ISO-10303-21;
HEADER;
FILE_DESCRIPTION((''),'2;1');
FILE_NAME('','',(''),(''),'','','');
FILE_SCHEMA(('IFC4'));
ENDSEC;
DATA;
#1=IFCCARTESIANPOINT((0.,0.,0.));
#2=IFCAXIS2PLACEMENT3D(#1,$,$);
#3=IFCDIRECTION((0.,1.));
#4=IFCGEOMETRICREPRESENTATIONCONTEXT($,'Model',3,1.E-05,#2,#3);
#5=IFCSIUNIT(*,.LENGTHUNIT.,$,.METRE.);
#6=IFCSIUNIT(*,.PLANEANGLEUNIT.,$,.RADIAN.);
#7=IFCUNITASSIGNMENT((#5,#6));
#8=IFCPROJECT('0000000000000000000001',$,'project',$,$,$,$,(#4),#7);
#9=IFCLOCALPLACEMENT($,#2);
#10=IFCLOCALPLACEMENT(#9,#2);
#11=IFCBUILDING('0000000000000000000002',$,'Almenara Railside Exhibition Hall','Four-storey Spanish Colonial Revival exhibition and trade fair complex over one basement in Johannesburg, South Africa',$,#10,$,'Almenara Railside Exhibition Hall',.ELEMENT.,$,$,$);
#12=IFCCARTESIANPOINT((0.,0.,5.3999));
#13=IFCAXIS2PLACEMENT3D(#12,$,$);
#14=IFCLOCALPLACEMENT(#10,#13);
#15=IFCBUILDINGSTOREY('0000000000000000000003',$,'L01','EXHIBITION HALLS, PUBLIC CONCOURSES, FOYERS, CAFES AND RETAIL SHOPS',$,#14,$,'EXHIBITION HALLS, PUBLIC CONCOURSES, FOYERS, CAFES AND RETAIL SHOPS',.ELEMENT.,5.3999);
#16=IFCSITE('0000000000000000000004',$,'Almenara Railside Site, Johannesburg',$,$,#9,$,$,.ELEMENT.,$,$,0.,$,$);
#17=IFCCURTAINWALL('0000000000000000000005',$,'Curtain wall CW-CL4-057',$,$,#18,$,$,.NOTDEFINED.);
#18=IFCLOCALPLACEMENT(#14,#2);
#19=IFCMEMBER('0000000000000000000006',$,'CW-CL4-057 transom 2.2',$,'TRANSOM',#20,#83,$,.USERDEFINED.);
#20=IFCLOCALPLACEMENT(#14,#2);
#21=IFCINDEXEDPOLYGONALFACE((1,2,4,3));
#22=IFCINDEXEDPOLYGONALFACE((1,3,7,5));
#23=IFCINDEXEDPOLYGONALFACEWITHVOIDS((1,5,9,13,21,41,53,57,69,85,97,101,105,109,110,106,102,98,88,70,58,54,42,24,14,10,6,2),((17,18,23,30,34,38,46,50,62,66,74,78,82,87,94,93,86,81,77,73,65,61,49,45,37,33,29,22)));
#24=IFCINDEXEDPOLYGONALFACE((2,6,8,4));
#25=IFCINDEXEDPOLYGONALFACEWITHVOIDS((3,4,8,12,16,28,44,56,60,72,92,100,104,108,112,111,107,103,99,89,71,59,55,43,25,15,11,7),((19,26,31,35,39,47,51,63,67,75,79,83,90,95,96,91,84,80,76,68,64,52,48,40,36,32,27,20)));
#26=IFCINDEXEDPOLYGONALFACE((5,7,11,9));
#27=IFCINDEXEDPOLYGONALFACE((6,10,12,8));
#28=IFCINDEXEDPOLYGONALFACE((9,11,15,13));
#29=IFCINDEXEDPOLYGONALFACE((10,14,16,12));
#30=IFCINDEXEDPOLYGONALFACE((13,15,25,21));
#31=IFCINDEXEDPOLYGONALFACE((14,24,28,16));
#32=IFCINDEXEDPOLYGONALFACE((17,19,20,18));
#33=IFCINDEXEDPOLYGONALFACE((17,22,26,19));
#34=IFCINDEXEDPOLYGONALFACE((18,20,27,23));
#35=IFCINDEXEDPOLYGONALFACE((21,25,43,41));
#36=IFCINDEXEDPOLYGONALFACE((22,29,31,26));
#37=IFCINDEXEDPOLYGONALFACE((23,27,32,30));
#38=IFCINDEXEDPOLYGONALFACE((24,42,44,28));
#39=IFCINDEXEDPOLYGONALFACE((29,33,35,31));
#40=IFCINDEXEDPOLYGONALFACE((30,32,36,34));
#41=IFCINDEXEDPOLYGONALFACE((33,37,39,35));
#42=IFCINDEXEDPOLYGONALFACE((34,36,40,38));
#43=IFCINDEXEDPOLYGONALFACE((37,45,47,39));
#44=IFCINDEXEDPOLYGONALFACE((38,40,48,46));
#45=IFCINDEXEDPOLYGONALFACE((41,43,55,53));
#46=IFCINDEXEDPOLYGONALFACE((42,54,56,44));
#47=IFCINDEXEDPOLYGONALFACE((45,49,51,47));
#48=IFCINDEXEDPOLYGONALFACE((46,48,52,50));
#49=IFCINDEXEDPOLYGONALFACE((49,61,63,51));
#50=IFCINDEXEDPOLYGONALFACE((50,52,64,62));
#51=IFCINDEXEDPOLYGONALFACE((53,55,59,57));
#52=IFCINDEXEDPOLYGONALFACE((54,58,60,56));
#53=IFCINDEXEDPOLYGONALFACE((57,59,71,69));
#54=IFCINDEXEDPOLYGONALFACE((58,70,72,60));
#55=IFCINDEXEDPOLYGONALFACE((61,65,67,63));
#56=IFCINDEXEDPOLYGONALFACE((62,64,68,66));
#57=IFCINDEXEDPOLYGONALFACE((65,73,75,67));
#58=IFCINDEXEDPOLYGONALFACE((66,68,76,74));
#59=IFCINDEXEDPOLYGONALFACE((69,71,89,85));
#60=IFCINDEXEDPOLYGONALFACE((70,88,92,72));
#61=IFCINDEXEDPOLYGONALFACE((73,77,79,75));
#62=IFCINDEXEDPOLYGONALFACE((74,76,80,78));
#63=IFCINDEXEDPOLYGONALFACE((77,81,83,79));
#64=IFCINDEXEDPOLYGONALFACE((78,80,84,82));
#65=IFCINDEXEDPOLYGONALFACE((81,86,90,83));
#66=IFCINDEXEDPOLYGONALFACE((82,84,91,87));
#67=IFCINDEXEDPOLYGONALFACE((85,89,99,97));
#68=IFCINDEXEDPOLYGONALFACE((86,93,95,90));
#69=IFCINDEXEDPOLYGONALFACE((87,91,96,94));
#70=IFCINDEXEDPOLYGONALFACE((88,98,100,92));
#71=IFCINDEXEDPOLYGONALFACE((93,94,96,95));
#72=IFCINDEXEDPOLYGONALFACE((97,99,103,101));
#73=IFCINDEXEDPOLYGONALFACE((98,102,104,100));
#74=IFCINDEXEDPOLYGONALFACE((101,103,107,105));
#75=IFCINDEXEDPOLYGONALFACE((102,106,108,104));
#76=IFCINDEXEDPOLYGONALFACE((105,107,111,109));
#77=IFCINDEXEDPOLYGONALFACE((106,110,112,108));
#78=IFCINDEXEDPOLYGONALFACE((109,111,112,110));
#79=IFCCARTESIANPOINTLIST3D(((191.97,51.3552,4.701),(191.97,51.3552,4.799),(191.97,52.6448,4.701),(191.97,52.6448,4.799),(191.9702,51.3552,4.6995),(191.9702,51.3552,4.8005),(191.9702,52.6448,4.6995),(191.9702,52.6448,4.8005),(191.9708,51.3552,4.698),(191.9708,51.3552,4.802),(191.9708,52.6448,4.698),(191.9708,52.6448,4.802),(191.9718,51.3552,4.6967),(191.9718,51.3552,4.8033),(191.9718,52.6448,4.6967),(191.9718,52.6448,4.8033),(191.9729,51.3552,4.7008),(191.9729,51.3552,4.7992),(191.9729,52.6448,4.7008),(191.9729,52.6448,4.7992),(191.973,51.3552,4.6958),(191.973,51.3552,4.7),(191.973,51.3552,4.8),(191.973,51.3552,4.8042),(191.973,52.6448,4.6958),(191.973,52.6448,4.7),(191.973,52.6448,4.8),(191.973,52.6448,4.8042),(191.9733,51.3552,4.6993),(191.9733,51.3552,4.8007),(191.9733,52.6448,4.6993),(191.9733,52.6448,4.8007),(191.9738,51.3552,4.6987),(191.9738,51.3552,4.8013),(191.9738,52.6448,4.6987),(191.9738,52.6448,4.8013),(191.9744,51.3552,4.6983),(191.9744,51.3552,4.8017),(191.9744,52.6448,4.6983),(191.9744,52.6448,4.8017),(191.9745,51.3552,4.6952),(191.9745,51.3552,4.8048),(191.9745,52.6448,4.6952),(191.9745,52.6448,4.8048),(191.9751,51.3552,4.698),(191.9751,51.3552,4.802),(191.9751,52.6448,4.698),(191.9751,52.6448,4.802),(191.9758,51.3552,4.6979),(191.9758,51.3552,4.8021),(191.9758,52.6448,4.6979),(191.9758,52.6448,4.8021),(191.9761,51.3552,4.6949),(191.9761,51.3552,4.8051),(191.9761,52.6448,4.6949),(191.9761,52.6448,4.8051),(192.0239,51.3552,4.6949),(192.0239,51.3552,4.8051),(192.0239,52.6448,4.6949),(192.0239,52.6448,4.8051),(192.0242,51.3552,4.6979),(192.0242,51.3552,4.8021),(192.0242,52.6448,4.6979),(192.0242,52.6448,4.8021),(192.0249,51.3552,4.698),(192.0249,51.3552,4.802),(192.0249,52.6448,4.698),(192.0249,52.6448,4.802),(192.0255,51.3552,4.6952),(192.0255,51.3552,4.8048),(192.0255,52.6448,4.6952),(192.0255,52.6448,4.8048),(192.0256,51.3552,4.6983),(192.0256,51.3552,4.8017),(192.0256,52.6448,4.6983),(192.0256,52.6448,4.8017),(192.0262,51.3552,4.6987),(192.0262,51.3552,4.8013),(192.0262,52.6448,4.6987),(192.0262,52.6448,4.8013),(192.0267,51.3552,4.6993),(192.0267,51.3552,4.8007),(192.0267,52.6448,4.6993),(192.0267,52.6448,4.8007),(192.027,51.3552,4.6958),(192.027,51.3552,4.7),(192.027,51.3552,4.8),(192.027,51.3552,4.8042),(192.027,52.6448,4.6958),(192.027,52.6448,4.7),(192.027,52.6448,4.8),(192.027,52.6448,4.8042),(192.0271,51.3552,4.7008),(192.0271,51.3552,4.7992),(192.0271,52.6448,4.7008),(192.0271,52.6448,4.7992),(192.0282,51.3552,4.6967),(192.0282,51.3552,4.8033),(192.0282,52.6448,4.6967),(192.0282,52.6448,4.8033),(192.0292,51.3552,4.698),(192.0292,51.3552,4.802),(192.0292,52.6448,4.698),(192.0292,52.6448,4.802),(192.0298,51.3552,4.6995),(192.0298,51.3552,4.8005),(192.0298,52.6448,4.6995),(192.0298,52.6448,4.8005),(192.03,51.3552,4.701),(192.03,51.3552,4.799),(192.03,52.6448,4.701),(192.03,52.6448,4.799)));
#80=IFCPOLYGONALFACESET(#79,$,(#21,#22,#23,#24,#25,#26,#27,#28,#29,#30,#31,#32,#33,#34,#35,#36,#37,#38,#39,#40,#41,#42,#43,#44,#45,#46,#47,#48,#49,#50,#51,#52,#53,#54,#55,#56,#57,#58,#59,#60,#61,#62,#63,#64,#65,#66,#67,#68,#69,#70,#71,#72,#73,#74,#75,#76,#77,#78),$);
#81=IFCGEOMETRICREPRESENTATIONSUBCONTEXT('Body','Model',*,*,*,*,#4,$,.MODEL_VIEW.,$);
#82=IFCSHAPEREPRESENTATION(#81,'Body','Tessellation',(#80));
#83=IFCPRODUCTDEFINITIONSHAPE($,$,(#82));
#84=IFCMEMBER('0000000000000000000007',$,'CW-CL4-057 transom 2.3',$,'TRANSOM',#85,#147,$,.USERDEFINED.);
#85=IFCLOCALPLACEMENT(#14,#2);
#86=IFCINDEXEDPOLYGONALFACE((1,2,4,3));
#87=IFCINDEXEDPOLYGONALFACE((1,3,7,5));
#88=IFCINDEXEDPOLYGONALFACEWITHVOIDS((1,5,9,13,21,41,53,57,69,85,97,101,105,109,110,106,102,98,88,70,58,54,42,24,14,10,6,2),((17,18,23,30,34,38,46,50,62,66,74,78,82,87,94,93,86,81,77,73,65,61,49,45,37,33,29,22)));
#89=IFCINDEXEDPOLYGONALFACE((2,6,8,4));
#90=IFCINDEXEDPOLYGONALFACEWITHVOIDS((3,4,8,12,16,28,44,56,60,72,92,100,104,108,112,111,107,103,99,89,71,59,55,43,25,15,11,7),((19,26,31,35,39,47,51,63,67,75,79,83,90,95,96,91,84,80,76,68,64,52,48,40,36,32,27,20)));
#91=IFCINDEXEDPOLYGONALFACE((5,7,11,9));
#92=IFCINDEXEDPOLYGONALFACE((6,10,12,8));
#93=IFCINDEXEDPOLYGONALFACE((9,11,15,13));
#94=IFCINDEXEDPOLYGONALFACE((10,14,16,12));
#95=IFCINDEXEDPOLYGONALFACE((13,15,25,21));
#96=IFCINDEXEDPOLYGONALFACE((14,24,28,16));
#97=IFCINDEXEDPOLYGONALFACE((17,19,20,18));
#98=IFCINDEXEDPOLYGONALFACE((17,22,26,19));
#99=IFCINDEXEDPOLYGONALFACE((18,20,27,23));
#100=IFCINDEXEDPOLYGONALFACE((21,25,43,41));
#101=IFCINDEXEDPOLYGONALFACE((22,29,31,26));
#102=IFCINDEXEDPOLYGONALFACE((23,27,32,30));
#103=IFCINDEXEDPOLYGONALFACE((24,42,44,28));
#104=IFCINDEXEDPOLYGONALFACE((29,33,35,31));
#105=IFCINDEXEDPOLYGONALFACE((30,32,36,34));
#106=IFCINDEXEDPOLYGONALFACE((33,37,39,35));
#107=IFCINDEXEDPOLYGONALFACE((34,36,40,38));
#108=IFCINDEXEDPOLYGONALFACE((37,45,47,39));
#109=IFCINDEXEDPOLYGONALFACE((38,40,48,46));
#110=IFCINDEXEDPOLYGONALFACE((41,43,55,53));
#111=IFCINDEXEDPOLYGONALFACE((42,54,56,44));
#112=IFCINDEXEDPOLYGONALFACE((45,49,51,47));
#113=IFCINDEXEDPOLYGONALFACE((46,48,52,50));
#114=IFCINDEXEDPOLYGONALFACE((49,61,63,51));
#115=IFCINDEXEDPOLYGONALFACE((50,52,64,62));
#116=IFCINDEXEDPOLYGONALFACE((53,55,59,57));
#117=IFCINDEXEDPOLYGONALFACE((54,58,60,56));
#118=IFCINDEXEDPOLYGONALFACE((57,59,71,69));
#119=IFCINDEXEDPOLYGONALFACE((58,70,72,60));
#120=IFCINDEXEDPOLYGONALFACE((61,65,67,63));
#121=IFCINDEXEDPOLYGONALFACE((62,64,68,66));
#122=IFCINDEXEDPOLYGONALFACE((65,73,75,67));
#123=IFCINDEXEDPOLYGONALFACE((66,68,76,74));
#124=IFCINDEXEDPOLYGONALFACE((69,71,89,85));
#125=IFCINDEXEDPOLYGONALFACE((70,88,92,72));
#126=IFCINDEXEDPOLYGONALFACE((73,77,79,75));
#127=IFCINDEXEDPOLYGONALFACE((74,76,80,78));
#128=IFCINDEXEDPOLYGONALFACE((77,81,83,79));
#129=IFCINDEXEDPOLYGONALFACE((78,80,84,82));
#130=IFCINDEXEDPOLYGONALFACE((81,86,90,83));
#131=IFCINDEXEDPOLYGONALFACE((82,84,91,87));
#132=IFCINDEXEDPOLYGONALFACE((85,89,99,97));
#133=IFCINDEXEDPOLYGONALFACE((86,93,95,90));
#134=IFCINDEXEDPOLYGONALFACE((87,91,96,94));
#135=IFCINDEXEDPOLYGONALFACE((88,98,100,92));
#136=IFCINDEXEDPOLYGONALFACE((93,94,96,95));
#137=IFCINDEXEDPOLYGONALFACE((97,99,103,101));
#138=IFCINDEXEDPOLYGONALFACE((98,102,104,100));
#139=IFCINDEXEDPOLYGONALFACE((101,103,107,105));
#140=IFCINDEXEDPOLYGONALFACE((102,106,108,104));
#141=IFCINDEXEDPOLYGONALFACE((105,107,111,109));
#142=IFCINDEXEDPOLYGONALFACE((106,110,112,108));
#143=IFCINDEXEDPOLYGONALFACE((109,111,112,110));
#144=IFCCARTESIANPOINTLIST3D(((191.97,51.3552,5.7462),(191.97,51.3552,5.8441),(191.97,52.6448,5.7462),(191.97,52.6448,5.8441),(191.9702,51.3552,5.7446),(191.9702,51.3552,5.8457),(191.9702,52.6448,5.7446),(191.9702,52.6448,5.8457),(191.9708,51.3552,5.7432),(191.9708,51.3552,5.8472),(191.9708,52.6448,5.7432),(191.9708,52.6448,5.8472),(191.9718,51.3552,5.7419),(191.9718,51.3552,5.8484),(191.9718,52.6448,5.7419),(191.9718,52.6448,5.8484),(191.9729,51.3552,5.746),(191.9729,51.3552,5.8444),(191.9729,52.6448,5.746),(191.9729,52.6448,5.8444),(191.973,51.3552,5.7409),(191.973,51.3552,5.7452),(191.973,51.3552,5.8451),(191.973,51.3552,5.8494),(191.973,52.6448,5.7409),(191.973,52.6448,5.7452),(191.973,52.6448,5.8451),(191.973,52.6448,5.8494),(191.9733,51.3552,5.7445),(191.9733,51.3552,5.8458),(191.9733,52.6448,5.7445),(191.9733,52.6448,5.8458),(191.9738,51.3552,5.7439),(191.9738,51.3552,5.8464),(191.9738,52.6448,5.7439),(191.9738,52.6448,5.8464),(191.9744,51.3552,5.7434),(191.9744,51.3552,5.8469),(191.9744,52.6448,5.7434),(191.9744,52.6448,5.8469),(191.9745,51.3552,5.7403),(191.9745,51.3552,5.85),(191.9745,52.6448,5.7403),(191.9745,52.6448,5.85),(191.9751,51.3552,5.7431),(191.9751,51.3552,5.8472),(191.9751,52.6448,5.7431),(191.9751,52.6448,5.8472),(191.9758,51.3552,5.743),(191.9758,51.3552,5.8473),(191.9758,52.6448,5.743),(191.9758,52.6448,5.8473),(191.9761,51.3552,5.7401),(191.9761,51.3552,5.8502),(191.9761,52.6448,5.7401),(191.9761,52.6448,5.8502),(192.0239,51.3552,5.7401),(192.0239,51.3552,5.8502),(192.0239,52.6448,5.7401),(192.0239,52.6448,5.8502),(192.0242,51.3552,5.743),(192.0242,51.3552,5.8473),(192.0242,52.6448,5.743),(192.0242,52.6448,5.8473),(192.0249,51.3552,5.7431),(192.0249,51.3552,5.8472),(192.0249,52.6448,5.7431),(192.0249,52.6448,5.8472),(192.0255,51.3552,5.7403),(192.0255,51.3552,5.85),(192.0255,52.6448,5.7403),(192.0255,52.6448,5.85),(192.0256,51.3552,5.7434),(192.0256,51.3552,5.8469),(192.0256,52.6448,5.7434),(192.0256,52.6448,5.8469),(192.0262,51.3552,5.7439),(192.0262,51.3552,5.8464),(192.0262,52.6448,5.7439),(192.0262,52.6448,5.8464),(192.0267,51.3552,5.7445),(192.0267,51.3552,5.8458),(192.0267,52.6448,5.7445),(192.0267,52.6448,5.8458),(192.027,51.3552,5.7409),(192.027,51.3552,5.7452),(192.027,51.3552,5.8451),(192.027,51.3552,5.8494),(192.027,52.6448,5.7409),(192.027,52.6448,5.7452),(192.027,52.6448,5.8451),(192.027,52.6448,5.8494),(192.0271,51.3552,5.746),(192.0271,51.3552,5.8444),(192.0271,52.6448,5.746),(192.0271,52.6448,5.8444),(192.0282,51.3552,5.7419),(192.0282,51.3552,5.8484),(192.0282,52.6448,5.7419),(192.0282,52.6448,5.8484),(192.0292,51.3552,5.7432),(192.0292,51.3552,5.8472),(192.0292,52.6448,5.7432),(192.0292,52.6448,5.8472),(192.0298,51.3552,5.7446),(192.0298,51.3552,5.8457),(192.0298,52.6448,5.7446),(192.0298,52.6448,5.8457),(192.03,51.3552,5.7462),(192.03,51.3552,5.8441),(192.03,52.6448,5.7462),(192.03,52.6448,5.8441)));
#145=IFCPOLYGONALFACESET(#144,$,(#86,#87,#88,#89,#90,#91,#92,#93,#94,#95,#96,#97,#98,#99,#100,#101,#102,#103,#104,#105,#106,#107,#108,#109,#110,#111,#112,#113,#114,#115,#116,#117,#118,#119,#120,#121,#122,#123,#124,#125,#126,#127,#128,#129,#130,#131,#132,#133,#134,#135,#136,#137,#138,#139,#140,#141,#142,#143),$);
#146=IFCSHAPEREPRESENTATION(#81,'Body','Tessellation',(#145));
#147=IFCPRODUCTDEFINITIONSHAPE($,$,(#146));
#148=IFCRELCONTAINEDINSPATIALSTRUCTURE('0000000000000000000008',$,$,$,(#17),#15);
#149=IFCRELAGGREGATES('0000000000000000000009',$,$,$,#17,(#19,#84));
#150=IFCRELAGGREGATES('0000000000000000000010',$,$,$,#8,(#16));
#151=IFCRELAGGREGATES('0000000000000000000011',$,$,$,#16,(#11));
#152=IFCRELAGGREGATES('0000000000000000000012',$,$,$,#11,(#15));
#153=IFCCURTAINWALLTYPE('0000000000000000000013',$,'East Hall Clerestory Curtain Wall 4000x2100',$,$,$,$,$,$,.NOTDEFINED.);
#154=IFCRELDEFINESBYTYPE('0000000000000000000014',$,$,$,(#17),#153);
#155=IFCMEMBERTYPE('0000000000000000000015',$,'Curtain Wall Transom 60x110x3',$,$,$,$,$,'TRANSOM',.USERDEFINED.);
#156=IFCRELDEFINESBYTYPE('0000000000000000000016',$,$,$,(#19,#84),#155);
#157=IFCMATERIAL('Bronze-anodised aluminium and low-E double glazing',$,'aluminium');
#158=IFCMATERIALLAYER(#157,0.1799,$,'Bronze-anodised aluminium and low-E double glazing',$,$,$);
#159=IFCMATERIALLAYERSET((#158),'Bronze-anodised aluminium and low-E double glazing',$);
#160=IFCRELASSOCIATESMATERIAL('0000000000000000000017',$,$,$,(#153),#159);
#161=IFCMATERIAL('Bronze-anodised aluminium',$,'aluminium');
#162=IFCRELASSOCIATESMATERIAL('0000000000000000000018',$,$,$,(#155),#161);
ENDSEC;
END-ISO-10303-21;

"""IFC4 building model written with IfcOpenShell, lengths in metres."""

from ifc_helpers import new_model, si_unit, direction, frame, origin, origin_2d, place, context, subcontext, project, spatial, hollow_rectangle, extrude, material, layer, layer_set, material_profile, profile_set, type_object, element, aggregate, save


model = new_model("IFC4")

# Units and contexts
model_context = context("Model", 3, precision=1e-05, world=origin(), true_north=direction((0.0, 1.0)))
body_context = subcontext(model_context, "Body", "Model", "MODEL_VIEW")
ifc_project = project(units=[si_unit("LENGTHUNIT", "METRE"), si_unit("PLANEANGLEUNIT", "RADIAN")], contexts=[model_context])

# Site, building, storey
site_placement = place(None, origin())
site = spatial("IfcSite", under=ifc_project, at=site_placement, Name="Almenara Railside Site, Johannesburg", CompositionType="ELEMENT", RefElevation=0.0)
building_placement = place(site_placement, origin())
building = spatial("IfcBuilding", under=site, at=building_placement, Name="Almenara Railside Exhibition Hall", Description="Four-storey Spanish Colonial Revival exhibition and trade fair complex over one basement in Johannesburg, South Africa", LongName="Almenara Railside Exhibition Hall", CompositionType="ELEMENT")
storey_placement = place(building_placement, frame((0.0, 0.0, 5.3999)))
storey = spatial("IfcBuildingStorey", under=building, at=storey_placement, Name="L01", Description="EXHIBITION HALLS, PUBLIC CONCOURSES, FOYERS, CAFES AND RETAIL SHOPS", LongName="EXHIBITION HALLS, PUBLIC CONCOURSES, FOYERS, CAFES AND RETAIL SHOPS", CompositionType="ELEMENT", Elevation=5.3999)

# Curtain wall
ifc_material_1 = material(Name="Bronze-anodised aluminium and low-E double glazing", Category="aluminium")
ifc_layer_1 = layer(ifc_material_1, 0.1799, Name="Bronze-anodised aluminium and low-E double glazing")
ifc_layer_set_1 = layer_set([ifc_layer_1], Name="Bronze-anodised aluminium and low-E double glazing")
curtain_wall_type = type_object("IfcCurtainWallType", Name="East Hall Clerestory Curtain Wall 4000x2100", PredefinedType="NOTDEFINED", material=ifc_layer_set_1)
ifc_material_2 = material(Name="Bronze-anodised aluminium", Category="aluminium")
curtain_wall_1_placement = place(storey_placement, origin())
curtain_wall_1 = element("IfcCurtainWall", 1, at=curtain_wall_1_placement, inside=storey, type_object=curtain_wall_type, Name="Curtain wall CW-CL4-057", PredefinedType="NOTDEFINED")

# Members
ifc_material_profile_1 = material_profile(ifc_material_2, hollow_rectangle(XDim=0.0601, YDim=0.1101, WallThickness=0.0029, InnerFilletRadius=0.0029, OuterFilletRadius=0.0061, at=origin_2d()), Name="ALU-TRN 60x110x3")
ifc_profile_set_1 = profile_set([ifc_material_profile_1], Name="Bronze-anodised aluminium")
member_type_1 = type_object("IfcMemberType", Name="Curtain Wall Transom 60x110x3", ElementType="TRANSOM", PredefinedType="USERDEFINED", material=ifc_profile_set_1)
member_1_placement = place(storey_placement, frame((192.0, 51.3552, 4.75), z_axis=(0.0, 1.0, 0.0), x_axis=(-1.0, 0.0, 0.0)))
member_1 = element("IfcMember", 2, at=member_1_placement, type_object=member_type_1, Name="CW-CL4-057 transom 2.2", ObjectType="TRANSOM", PredefinedType="USERDEFINED", context=body_context, shape_type="SweptSolid", body=[
    extrude(hollow_rectangle(XDim=0.0601, YDim=0.1101, WallThickness=0.0029, InnerFilletRadius=0.0029, OuterFilletRadius=0.0061, at=origin_2d()), origin(), (0.0, 0.0, 1.0), 1.2896),
])
member_2_placement = place(storey_placement, frame((192.0, 51.3552, 5.7952), z_axis=(0.0, 1.0, 0.0), x_axis=(-1.0, 0.0, 0.0)))
member_2 = element("IfcMember", 3, at=member_2_placement, type_object=member_type_1, Name="CW-CL4-057 transom 2.3", ObjectType="TRANSOM", PredefinedType="USERDEFINED", context=body_context, shape_type="SweptSolid", body=[
    extrude(hollow_rectangle(XDim=0.0601, YDim=0.1101, WallThickness=0.0029, InnerFilletRadius=0.0029, OuterFilletRadius=0.0061, at=origin_2d()), origin(), (0.0, 0.0, 1.0), 1.2896),
])

aggregate(curtain_wall_1, [member_1, member_2])

save(model, "model.ifc")
